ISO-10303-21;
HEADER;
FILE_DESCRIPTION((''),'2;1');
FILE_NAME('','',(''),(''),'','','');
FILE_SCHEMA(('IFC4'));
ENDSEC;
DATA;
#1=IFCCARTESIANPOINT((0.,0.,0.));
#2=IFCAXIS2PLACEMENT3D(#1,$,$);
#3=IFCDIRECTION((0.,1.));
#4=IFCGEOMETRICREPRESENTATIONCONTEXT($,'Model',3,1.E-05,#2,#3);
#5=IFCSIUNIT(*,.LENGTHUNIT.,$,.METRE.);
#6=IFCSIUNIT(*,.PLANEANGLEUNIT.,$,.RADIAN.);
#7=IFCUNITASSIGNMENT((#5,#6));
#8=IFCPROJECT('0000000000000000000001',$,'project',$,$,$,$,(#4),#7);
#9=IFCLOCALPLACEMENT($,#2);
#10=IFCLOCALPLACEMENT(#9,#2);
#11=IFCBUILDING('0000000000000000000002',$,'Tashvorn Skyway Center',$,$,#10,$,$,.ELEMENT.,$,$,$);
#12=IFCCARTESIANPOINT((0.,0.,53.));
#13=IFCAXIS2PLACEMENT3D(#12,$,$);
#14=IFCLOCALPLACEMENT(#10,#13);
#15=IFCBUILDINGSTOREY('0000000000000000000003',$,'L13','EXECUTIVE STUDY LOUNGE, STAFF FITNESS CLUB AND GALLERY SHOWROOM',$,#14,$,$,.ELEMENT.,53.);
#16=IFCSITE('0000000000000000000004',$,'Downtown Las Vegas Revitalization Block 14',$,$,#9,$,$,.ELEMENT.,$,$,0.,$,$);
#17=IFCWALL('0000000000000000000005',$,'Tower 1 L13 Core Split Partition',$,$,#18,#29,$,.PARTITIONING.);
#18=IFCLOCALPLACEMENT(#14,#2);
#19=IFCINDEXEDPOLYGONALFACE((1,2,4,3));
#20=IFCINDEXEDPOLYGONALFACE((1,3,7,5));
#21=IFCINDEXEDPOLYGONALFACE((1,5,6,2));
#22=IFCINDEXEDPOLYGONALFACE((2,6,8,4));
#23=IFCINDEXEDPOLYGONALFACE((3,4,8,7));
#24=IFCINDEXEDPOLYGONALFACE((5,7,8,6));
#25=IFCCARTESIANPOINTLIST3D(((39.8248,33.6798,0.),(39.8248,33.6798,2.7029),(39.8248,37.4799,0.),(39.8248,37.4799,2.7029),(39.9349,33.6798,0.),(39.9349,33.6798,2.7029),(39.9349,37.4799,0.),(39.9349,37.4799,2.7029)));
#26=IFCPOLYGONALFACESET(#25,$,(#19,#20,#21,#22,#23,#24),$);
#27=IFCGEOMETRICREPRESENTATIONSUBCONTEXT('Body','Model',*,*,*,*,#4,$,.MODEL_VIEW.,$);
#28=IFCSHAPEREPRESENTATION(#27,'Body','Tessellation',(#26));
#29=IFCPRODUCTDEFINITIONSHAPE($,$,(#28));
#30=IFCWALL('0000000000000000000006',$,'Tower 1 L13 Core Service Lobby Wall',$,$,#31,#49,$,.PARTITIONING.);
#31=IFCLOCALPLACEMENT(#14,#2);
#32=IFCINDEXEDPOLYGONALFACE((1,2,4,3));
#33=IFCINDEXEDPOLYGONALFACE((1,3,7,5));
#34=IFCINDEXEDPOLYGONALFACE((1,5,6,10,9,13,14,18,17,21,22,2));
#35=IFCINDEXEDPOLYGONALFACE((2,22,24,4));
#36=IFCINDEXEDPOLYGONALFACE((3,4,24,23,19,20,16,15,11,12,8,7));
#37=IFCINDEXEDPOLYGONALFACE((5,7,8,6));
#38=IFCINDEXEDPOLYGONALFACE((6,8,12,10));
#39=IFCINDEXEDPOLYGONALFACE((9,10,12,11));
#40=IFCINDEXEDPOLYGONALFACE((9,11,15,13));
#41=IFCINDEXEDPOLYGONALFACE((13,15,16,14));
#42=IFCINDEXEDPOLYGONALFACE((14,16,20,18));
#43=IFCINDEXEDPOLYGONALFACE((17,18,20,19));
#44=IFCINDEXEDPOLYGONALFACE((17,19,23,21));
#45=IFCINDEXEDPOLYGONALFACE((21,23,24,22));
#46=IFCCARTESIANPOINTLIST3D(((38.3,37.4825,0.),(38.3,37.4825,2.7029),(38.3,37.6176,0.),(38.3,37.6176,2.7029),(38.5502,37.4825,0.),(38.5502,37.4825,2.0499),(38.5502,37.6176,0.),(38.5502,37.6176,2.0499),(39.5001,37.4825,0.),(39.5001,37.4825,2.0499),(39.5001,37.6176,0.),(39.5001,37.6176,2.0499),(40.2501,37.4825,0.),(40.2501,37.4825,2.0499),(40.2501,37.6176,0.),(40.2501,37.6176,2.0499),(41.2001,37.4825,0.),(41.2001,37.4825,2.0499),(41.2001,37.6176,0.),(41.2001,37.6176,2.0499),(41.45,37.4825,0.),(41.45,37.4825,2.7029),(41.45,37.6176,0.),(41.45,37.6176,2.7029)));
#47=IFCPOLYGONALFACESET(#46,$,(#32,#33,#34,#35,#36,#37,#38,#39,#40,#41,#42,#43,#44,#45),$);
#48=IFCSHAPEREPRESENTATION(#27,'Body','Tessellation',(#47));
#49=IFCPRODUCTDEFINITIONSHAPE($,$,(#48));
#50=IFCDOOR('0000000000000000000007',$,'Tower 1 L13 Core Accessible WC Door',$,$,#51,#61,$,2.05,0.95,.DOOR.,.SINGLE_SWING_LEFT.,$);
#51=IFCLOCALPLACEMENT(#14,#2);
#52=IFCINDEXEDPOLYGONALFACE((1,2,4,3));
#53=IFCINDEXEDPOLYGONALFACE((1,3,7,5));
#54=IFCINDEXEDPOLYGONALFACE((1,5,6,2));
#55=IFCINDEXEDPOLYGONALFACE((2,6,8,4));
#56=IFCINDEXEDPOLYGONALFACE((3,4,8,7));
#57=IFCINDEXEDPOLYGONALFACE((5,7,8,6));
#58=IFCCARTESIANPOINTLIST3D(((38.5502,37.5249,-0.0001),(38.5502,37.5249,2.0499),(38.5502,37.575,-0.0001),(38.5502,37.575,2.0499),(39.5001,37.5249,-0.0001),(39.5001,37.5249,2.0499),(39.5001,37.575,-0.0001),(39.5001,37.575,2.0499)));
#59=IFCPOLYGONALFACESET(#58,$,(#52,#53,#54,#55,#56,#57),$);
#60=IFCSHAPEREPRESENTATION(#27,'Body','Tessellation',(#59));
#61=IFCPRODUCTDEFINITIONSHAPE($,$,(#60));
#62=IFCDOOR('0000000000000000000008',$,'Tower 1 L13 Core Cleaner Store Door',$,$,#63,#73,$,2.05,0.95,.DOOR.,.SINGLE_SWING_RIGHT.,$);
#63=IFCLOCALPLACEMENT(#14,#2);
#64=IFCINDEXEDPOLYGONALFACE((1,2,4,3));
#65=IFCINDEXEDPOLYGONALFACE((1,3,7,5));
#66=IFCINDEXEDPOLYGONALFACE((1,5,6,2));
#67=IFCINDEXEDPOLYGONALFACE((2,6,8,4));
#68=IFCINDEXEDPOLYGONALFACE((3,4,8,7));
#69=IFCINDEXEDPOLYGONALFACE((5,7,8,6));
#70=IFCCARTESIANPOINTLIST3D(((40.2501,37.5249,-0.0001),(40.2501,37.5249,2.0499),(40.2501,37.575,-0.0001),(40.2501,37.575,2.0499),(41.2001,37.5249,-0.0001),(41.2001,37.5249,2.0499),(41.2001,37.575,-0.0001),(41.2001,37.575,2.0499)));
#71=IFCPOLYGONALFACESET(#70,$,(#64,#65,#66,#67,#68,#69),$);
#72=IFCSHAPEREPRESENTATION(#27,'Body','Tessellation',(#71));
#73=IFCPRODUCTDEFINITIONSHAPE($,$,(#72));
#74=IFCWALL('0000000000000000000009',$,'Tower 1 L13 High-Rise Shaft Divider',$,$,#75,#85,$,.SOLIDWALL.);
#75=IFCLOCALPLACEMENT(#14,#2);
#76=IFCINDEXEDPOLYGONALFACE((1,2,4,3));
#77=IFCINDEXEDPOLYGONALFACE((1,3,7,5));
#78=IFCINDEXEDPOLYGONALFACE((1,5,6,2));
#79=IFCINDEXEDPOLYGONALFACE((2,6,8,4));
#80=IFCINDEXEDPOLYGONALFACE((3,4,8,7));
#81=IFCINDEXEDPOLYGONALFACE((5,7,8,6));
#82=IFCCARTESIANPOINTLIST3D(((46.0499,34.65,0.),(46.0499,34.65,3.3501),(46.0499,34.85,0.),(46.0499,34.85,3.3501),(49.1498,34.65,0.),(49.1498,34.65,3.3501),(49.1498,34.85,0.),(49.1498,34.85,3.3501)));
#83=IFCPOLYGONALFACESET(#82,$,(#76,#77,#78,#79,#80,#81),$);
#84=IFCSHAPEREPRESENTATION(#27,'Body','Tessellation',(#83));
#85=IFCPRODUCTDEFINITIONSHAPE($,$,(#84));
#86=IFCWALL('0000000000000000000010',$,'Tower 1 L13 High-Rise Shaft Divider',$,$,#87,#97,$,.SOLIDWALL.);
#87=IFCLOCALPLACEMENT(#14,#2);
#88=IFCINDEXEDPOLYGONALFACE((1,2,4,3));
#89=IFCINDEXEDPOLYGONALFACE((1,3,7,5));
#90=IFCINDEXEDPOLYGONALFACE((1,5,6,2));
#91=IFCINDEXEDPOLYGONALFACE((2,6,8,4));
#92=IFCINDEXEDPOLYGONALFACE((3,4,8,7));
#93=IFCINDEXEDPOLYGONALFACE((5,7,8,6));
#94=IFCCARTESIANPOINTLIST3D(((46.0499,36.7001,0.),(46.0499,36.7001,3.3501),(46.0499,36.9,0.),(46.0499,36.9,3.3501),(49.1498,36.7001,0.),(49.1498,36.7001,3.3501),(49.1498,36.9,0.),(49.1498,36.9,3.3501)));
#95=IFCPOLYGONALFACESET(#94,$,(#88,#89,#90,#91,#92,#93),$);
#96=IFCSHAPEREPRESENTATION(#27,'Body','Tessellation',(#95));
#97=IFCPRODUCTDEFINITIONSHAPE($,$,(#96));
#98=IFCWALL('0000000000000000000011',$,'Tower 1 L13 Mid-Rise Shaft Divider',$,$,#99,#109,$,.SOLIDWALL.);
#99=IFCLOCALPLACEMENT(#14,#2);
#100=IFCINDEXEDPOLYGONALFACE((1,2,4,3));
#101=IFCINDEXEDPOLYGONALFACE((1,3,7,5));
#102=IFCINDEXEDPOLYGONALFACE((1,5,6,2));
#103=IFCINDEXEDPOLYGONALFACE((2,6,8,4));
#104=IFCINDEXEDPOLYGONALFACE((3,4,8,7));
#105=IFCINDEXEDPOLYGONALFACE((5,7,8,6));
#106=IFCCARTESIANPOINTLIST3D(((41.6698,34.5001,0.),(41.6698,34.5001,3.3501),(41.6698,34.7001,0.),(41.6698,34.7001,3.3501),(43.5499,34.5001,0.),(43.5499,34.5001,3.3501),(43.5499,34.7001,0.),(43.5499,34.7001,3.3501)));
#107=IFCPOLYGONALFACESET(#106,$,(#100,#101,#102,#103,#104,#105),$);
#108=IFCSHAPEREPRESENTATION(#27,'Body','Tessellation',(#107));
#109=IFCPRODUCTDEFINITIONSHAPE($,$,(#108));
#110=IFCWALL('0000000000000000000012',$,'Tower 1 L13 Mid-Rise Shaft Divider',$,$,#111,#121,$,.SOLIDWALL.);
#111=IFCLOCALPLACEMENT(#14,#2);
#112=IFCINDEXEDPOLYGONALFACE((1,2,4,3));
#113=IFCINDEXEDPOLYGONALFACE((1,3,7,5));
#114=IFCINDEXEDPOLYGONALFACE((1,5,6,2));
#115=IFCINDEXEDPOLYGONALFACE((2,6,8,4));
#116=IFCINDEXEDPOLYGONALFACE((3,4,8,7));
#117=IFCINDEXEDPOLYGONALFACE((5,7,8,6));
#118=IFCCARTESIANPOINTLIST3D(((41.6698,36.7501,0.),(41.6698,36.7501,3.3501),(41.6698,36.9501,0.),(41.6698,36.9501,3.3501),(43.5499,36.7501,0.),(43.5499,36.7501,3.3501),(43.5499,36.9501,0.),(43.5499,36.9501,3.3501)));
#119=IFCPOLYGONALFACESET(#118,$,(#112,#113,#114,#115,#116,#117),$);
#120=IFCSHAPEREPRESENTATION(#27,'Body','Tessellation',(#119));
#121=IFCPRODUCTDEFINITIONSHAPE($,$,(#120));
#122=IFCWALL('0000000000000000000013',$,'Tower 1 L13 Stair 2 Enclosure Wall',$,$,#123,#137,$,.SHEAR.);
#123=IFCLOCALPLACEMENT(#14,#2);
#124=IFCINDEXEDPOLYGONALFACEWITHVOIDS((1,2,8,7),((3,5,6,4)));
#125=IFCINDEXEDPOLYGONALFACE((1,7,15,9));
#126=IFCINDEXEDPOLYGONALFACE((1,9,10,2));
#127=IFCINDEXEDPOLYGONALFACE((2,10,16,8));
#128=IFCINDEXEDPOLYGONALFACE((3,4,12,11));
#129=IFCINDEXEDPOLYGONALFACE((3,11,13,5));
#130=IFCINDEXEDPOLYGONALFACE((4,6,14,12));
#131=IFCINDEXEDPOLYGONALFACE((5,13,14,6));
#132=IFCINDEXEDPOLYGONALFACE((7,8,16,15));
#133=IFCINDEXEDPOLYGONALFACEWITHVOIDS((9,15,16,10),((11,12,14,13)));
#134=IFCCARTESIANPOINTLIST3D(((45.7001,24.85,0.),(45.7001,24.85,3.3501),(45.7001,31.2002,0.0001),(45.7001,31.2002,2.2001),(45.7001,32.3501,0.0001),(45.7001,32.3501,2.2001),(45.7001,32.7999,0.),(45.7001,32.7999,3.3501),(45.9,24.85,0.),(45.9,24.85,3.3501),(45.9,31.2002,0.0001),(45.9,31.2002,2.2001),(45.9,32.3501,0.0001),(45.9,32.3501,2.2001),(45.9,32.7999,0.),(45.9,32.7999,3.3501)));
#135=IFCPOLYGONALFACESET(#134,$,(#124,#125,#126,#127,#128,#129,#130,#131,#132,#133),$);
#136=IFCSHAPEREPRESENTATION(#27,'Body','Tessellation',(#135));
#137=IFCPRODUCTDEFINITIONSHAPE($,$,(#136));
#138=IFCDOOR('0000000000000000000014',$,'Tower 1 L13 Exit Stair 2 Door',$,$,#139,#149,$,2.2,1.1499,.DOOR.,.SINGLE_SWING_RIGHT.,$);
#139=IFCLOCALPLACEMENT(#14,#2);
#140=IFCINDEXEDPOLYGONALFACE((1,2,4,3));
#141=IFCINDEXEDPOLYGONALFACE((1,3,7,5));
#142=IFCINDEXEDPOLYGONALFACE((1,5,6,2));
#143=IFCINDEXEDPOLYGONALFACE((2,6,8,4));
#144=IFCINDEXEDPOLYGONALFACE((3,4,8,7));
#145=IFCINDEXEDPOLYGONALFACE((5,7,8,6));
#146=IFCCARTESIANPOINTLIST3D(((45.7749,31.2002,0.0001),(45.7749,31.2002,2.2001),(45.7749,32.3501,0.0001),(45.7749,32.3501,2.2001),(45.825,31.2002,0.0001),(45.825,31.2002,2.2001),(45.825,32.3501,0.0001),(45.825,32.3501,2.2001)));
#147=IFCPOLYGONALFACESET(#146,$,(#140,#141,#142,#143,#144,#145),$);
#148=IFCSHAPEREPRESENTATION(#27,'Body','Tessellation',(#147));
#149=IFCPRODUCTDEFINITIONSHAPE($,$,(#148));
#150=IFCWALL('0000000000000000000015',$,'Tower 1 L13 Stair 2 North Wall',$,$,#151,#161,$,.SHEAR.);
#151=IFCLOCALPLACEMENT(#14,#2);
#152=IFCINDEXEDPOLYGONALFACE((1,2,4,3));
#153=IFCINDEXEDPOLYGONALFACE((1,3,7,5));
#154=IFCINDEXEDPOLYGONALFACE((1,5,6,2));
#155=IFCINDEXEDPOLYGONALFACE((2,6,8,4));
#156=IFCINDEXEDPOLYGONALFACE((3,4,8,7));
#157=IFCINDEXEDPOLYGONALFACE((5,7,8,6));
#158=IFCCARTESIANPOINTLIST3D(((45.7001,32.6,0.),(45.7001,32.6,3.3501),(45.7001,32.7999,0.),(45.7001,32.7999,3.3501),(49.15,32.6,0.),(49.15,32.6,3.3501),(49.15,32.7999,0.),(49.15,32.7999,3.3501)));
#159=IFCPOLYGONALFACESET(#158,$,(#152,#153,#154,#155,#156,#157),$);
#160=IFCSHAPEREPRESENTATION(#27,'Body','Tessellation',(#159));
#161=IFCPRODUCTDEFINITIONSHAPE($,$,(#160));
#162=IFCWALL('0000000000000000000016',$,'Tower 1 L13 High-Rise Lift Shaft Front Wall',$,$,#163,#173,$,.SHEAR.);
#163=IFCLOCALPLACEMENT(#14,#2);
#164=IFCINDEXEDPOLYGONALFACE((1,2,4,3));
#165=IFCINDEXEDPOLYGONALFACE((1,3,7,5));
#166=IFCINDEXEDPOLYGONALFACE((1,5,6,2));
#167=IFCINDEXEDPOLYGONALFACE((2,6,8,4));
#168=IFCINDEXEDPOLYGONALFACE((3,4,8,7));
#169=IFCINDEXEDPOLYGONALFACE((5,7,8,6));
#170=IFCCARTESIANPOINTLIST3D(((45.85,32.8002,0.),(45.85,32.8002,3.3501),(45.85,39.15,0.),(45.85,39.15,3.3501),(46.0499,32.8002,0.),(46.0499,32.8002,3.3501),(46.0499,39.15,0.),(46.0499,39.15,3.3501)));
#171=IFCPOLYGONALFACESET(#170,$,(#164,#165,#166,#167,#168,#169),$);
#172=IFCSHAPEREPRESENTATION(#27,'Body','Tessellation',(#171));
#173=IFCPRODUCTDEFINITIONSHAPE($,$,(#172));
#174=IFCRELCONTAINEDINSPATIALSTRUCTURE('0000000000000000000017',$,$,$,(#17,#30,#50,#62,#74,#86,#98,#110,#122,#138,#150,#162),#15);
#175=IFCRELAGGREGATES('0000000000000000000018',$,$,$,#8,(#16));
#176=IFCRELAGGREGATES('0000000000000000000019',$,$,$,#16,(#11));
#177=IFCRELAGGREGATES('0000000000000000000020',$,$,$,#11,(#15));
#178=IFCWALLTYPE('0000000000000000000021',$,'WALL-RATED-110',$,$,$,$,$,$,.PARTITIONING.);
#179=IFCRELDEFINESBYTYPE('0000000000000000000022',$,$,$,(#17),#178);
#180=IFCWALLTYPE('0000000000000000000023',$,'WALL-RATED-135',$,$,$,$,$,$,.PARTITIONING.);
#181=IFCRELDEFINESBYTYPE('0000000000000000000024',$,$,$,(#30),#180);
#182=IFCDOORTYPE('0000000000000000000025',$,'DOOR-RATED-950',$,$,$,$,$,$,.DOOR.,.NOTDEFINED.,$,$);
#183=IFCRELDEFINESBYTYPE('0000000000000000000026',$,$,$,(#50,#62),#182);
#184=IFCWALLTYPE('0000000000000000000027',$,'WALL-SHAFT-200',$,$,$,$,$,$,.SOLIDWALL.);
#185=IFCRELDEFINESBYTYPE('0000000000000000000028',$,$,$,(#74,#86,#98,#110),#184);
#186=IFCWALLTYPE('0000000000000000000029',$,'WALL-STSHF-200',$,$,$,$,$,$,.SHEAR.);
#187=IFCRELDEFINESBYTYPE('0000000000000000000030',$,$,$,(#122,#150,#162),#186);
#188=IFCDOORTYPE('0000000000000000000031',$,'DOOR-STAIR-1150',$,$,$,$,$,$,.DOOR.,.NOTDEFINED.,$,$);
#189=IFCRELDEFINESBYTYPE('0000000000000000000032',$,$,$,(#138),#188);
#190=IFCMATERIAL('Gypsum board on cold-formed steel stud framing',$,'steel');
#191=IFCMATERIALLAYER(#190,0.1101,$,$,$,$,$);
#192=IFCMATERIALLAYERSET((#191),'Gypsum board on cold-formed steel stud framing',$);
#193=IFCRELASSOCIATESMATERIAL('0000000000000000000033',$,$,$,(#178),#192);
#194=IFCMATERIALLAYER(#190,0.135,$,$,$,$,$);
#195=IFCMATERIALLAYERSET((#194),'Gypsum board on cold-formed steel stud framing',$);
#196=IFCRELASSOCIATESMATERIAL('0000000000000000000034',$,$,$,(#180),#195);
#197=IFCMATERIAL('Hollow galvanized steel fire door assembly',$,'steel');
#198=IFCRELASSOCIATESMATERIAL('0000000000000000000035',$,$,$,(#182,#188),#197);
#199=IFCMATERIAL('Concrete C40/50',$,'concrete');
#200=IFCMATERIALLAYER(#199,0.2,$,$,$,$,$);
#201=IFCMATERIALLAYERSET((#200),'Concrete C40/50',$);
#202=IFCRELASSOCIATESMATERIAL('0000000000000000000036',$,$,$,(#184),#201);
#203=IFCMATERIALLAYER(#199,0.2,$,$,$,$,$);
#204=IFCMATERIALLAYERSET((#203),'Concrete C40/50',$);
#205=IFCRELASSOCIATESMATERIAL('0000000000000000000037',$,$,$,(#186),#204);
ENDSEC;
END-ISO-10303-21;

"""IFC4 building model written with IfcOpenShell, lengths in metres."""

from ifc_helpers import new_model, si_unit, direction, frame, frame_2d, origin, place, context, subcontext, project, spatial, rectangle, extrude, material, layer, layer_set, type_object, element, fill, save


model = new_model("IFC4")

# Units and contexts
model_context = context("Model", 3, precision=1e-05, world=origin(), true_north=direction((0.0, 1.0)))
body_context = subcontext(model_context, "Body", "Model", "MODEL_VIEW")
ifc_project = project(units=[si_unit("LENGTHUNIT", "METRE"), si_unit("PLANEANGLEUNIT", "RADIAN")], contexts=[model_context])

# Site, building, storey
site_placement = place(None, origin())
site = spatial("IfcSite", under=ifc_project, at=site_placement, Name="Downtown Las Vegas Revitalization Block 14", CompositionType="ELEMENT", RefElevation=0.0)
building_placement = place(site_placement, origin())
building = spatial("IfcBuilding", under=site, at=building_placement, Name="Tashvorn Skyway Center", CompositionType="ELEMENT")
storey_placement = place(building_placement, frame((0.0, 0.0, 53.0)))
storey = spatial("IfcBuildingStorey", under=building, at=storey_placement, Name="L13", Description="EXECUTIVE STUDY LOUNGE, STAFF FITNESS CLUB AND GALLERY SHOWROOM", CompositionType="ELEMENT", Elevation=53.0)

# Wall
ifc_material_1 = material(Name="Concrete C40/50", Category="concrete")
ifc_material_2 = material(Name="Gypsum board on cold-formed steel stud framing", Category="steel")
ifc_layer_1 = layer(ifc_material_2, 0.1101)
ifc_layer_set_1 = layer_set([ifc_layer_1], Name="Gypsum board on cold-formed steel stud framing")
wall_type_1 = type_object("IfcWallType", Name="WALL-RATED-110", PredefinedType="PARTITIONING", material=ifc_layer_set_1)
wall_1_placement = place(storey_placement, frame((39.8799, 33.6799, 0.0), z_axis=(0.0, 0.0, 1.0), x_axis=(0.0, 1.0, 0.0)))
element("IfcWall", 1, at=wall_1_placement, inside=storey, type_object=wall_type_1, Name="Tower 1 L13 Core Split Partition", PredefinedType="PARTITIONING", context=body_context, shape_type="SweptSolid", body=[
    extrude(rectangle(XDim=3.8, YDim=0.1101, at=frame_2d((1.8999, 0.0))), origin(), (0.0, 0.0, 1.0), 2.7029),
])

# Wall, openings, doors
ifc_layer_2 = layer(ifc_material_2, 0.135)
ifc_layer_set_2 = layer_set([ifc_layer_2], Name="Gypsum board on cold-formed steel stud framing")
wall_type_2 = type_object("IfcWallType", Name="WALL-RATED-135", PredefinedType="PARTITIONING", material=ifc_layer_set_2)
wall_2_placement = place(storey_placement, frame((38.3, 37.55, 0.0), z_axis=(0.0, 0.0, 1.0), x_axis=(1.0, 0.0, 0.0)))
wall_2 = element("IfcWall", 2, at=wall_2_placement, inside=storey, type_object=wall_type_2, Name="Tower 1 L13 Core Service Lobby Wall", PredefinedType="PARTITIONING", context=body_context, shape_type="SweptSolid", body=[
    extrude(rectangle(XDim=3.1499, YDim=0.135, at=frame_2d((1.575, 0.0))), origin(), (0.0, 0.0, 1.0), 2.7029),
])
opening_1_placement = place(wall_2_placement, frame((0.25, 0.0, 0.0)))
opening_1 = element("IfcOpeningElement", 3, at=opening_1_placement, cuts=wall_2, PredefinedType="OPENING", context=body_context, shape_type="SweptSolid", body=[
    extrude(rectangle(XDim=0.95, YDim=2.05, at=frame_2d((0.4751, 1.0249))), frame((0.0, 0.0774, 0.0), z_axis=(0.0, -1.0, 0.0), x_axis=(1.0, 0.0, 0.0)), (0.0, 0.0, 1.0), 0.155),
])
opening_2_placement = place(wall_2_placement, frame((1.95, 0.0, 0.0)))
opening_2 = element("IfcOpeningElement", 4, at=opening_2_placement, cuts=wall_2, PredefinedType="OPENING", context=body_context, shape_type="SweptSolid", body=[
    extrude(rectangle(XDim=0.95, YDim=2.05, at=frame_2d((0.4751, 1.0249))), frame((0.0, 0.0774, 0.0), z_axis=(0.0, -1.0, 0.0), x_axis=(1.0, 0.0, 0.0)), (0.0, 0.0, 1.0), 0.155),
])
ifc_material_3 = material(Name="Hollow galvanized steel fire door assembly", Category="steel")
door_type_1 = type_object("IfcDoorType", Name="DOOR-RATED-950", OperationType="NOTDEFINED", PredefinedType="DOOR", material=ifc_material_3)
door_1_placement = place(opening_1_placement, origin())
door_1 = element("IfcDoor", 5, at=door_1_placement, inside=storey, type_object=door_type_1, Name="Tower 1 L13 Core Accessible WC Door", OperationType="SINGLE_SWING_LEFT", OverallHeight=2.05, OverallWidth=0.95, PredefinedType="DOOR", context=body_context, shape_type="SweptSolid", body=[
    extrude(rectangle(XDim=0.95, YDim=2.05, at=frame_2d((0.4751, 1.0249))), frame((0.0, 0.0249, 0.0), z_axis=(0.0, -1.0, 0.0), x_axis=(1.0, 0.0, 0.0)), (0.0, 0.0, 1.0), 0.05),
])
fill(opening_1, door_1)
door_2_placement = place(opening_2_placement, origin())
door_2 = element("IfcDoor", 6, at=door_2_placement, inside=storey, type_object=door_type_1, Name="Tower 1 L13 Core Cleaner Store Door", OperationType="SINGLE_SWING_RIGHT", OverallHeight=2.05, OverallWidth=0.95, PredefinedType="DOOR", context=body_context, shape_type="SweptSolid", body=[
    extrude(rectangle(XDim=0.95, YDim=2.05, at=frame_2d((0.4751, 1.0249))), frame((0.0, 0.0249, 0.0), z_axis=(0.0, -1.0, 0.0), x_axis=(1.0, 0.0, 0.0)), (0.0, 0.0, 1.0), 0.05),
])
fill(opening_2, door_2)

# Walls
ifc_layer_3 = layer(ifc_material_1, 0.2)
ifc_layer_set_3 = layer_set([ifc_layer_3], Name="Concrete C40/50")
wall_type_3 = type_object("IfcWallType", Name="WALL-SHAFT-200", PredefinedType="SOLIDWALL", material=ifc_layer_set_3)
for number, where, z_axis, x_axis, name in (
    (7, (46.05, 34.75, 0.0), (0.0, 0.0, 1.0), (1.0, 0.0, 0.0), "Tower 1 L13 High-Rise Shaft Divider"),
    (8, (46.05, 36.8, 0.0), (0.0, 0.0, 1.0), (1.0, 0.0, 0.0), "Tower 1 L13 High-Rise Shaft Divider"),
):
    element("IfcWall", number, at=place(storey_placement, frame(where, z_axis=z_axis, x_axis=x_axis)), inside=storey, type_object=wall_type_3, Name=name, PredefinedType="SOLIDWALL", context=body_context, shape_type="SweptSolid", body=[
        extrude(rectangle(XDim=3.0999, YDim=0.2, at=frame_2d((1.5498, 0.0))), origin(), (0.0, 0.0, 1.0), 3.3501),
    ])
for number, where, z_axis, x_axis, name in (
    (9, (41.6699, 34.6001, 0.0), (0.0, 0.0, 1.0), (1.0, 0.0, 0.0), "Tower 1 L13 Mid-Rise Shaft Divider"),
    (10, (41.6699, 36.8501, 0.0), (0.0, 0.0, 1.0), (1.0, 0.0, 0.0), "Tower 1 L13 Mid-Rise Shaft Divider"),
):
    element("IfcWall", number, at=place(storey_placement, frame(where, z_axis=z_axis, x_axis=x_axis)), inside=storey, type_object=wall_type_3, Name=name, PredefinedType="SOLIDWALL", context=body_context, shape_type="SweptSolid", body=[
        extrude(rectangle(XDim=1.8801, YDim=0.2, at=frame_2d((0.9399, 0.0))), origin(), (0.0, 0.0, 1.0), 3.3501),
    ])

# Wall, opening, door
ifc_layer_4 = layer(ifc_material_1, 0.2)
ifc_layer_set_4 = layer_set([ifc_layer_4], Name="Concrete C40/50")
wall_type_4 = type_object("IfcWallType", Name="WALL-STSHF-200", PredefinedType="SHEAR", material=ifc_layer_set_4)
wall_3_placement = place(storey_placement, frame((45.8, 32.8, 0.0), z_axis=(0.0, 0.0, 1.0), x_axis=(0.0, -1.0, 0.0)))
wall_3 = element("IfcWall", 11, at=wall_3_placement, inside=storey, type_object=wall_type_4, Name="Tower 1 L13 Stair 2 Enclosure Wall", PredefinedType="SHEAR", context=body_context, shape_type="SweptSolid", body=[
    extrude(rectangle(XDim=7.95, YDim=0.2, at=frame_2d((3.9751, 0.0))), origin(), (0.0, 0.0, 1.0), 3.3501),
])
opening_3_placement = place(wall_3_placement, frame((0.45, 0.0, 0.0)))
opening_3 = element("IfcOpeningElement", 12, at=opening_3_placement, cuts=wall_3, PredefinedType="OPENING", context=body_context, shape_type="SweptSolid", body=[
    extrude(rectangle(XDim=1.1499, YDim=2.2, at=frame_2d((0.575, 1.1001))), frame((0.0, 0.1099, 0.0), z_axis=(0.0, -1.0, 0.0), x_axis=(1.0, 0.0, 0.0)), (0.0, 0.0, 1.0), 0.22),
])
door_type_2 = type_object("IfcDoorType", Name="DOOR-STAIR-1150", OperationType="NOTDEFINED", PredefinedType="DOOR", material=ifc_material_3)
door_3_placement = place(opening_3_placement, origin())
door_3 = element("IfcDoor", 13, at=door_3_placement, inside=storey, type_object=door_type_2, Name="Tower 1 L13 Exit Stair 2 Door", OperationType="SINGLE_SWING_RIGHT", OverallHeight=2.2, OverallWidth=1.1499, PredefinedType="DOOR", context=body_context, shape_type="SweptSolid", body=[
    extrude(rectangle(XDim=1.1499, YDim=2.2, at=frame_2d((0.575, 1.1001))), frame((0.0, 0.0249, 0.0), z_axis=(0.0, -1.0, 0.0), x_axis=(1.0, 0.0, 0.0)), (0.0, 0.0, 1.0), 0.05),
])
fill(opening_3, door_3)

# Walls
wall_4_placement = place(storey_placement, frame((45.7, 32.7, 0.0), z_axis=(0.0, 0.0, 1.0), x_axis=(1.0, 0.0, 0.0)))
element("IfcWall", 14, at=wall_4_placement, inside=storey, type_object=wall_type_4, Name="Tower 1 L13 Stair 2 North Wall", PredefinedType="SHEAR", context=body_context, shape_type="SweptSolid", body=[
    extrude(rectangle(XDim=3.45, YDim=0.2, at=frame_2d((1.7251, 0.0))), origin(), (0.0, 0.0, 1.0), 3.3501),
])
wall_5_placement = place(storey_placement, frame((45.95, 39.1499, 0.0), z_axis=(0.0, 0.0, 1.0), x_axis=(0.0, -1.0, 0.0)))
element("IfcWall", 15, at=wall_5_placement, inside=storey, type_object=wall_type_4, Name="Tower 1 L13 High-Rise Lift Shaft Front Wall", PredefinedType="SHEAR", context=body_context, shape_type="SweptSolid", body=[
    extrude(rectangle(XDim=6.3499, YDim=0.2, at=frame_2d((3.1748, 0.0))), origin(), (0.0, 0.0, 1.0), 3.3501),
])

save(model, "model.ifc")
